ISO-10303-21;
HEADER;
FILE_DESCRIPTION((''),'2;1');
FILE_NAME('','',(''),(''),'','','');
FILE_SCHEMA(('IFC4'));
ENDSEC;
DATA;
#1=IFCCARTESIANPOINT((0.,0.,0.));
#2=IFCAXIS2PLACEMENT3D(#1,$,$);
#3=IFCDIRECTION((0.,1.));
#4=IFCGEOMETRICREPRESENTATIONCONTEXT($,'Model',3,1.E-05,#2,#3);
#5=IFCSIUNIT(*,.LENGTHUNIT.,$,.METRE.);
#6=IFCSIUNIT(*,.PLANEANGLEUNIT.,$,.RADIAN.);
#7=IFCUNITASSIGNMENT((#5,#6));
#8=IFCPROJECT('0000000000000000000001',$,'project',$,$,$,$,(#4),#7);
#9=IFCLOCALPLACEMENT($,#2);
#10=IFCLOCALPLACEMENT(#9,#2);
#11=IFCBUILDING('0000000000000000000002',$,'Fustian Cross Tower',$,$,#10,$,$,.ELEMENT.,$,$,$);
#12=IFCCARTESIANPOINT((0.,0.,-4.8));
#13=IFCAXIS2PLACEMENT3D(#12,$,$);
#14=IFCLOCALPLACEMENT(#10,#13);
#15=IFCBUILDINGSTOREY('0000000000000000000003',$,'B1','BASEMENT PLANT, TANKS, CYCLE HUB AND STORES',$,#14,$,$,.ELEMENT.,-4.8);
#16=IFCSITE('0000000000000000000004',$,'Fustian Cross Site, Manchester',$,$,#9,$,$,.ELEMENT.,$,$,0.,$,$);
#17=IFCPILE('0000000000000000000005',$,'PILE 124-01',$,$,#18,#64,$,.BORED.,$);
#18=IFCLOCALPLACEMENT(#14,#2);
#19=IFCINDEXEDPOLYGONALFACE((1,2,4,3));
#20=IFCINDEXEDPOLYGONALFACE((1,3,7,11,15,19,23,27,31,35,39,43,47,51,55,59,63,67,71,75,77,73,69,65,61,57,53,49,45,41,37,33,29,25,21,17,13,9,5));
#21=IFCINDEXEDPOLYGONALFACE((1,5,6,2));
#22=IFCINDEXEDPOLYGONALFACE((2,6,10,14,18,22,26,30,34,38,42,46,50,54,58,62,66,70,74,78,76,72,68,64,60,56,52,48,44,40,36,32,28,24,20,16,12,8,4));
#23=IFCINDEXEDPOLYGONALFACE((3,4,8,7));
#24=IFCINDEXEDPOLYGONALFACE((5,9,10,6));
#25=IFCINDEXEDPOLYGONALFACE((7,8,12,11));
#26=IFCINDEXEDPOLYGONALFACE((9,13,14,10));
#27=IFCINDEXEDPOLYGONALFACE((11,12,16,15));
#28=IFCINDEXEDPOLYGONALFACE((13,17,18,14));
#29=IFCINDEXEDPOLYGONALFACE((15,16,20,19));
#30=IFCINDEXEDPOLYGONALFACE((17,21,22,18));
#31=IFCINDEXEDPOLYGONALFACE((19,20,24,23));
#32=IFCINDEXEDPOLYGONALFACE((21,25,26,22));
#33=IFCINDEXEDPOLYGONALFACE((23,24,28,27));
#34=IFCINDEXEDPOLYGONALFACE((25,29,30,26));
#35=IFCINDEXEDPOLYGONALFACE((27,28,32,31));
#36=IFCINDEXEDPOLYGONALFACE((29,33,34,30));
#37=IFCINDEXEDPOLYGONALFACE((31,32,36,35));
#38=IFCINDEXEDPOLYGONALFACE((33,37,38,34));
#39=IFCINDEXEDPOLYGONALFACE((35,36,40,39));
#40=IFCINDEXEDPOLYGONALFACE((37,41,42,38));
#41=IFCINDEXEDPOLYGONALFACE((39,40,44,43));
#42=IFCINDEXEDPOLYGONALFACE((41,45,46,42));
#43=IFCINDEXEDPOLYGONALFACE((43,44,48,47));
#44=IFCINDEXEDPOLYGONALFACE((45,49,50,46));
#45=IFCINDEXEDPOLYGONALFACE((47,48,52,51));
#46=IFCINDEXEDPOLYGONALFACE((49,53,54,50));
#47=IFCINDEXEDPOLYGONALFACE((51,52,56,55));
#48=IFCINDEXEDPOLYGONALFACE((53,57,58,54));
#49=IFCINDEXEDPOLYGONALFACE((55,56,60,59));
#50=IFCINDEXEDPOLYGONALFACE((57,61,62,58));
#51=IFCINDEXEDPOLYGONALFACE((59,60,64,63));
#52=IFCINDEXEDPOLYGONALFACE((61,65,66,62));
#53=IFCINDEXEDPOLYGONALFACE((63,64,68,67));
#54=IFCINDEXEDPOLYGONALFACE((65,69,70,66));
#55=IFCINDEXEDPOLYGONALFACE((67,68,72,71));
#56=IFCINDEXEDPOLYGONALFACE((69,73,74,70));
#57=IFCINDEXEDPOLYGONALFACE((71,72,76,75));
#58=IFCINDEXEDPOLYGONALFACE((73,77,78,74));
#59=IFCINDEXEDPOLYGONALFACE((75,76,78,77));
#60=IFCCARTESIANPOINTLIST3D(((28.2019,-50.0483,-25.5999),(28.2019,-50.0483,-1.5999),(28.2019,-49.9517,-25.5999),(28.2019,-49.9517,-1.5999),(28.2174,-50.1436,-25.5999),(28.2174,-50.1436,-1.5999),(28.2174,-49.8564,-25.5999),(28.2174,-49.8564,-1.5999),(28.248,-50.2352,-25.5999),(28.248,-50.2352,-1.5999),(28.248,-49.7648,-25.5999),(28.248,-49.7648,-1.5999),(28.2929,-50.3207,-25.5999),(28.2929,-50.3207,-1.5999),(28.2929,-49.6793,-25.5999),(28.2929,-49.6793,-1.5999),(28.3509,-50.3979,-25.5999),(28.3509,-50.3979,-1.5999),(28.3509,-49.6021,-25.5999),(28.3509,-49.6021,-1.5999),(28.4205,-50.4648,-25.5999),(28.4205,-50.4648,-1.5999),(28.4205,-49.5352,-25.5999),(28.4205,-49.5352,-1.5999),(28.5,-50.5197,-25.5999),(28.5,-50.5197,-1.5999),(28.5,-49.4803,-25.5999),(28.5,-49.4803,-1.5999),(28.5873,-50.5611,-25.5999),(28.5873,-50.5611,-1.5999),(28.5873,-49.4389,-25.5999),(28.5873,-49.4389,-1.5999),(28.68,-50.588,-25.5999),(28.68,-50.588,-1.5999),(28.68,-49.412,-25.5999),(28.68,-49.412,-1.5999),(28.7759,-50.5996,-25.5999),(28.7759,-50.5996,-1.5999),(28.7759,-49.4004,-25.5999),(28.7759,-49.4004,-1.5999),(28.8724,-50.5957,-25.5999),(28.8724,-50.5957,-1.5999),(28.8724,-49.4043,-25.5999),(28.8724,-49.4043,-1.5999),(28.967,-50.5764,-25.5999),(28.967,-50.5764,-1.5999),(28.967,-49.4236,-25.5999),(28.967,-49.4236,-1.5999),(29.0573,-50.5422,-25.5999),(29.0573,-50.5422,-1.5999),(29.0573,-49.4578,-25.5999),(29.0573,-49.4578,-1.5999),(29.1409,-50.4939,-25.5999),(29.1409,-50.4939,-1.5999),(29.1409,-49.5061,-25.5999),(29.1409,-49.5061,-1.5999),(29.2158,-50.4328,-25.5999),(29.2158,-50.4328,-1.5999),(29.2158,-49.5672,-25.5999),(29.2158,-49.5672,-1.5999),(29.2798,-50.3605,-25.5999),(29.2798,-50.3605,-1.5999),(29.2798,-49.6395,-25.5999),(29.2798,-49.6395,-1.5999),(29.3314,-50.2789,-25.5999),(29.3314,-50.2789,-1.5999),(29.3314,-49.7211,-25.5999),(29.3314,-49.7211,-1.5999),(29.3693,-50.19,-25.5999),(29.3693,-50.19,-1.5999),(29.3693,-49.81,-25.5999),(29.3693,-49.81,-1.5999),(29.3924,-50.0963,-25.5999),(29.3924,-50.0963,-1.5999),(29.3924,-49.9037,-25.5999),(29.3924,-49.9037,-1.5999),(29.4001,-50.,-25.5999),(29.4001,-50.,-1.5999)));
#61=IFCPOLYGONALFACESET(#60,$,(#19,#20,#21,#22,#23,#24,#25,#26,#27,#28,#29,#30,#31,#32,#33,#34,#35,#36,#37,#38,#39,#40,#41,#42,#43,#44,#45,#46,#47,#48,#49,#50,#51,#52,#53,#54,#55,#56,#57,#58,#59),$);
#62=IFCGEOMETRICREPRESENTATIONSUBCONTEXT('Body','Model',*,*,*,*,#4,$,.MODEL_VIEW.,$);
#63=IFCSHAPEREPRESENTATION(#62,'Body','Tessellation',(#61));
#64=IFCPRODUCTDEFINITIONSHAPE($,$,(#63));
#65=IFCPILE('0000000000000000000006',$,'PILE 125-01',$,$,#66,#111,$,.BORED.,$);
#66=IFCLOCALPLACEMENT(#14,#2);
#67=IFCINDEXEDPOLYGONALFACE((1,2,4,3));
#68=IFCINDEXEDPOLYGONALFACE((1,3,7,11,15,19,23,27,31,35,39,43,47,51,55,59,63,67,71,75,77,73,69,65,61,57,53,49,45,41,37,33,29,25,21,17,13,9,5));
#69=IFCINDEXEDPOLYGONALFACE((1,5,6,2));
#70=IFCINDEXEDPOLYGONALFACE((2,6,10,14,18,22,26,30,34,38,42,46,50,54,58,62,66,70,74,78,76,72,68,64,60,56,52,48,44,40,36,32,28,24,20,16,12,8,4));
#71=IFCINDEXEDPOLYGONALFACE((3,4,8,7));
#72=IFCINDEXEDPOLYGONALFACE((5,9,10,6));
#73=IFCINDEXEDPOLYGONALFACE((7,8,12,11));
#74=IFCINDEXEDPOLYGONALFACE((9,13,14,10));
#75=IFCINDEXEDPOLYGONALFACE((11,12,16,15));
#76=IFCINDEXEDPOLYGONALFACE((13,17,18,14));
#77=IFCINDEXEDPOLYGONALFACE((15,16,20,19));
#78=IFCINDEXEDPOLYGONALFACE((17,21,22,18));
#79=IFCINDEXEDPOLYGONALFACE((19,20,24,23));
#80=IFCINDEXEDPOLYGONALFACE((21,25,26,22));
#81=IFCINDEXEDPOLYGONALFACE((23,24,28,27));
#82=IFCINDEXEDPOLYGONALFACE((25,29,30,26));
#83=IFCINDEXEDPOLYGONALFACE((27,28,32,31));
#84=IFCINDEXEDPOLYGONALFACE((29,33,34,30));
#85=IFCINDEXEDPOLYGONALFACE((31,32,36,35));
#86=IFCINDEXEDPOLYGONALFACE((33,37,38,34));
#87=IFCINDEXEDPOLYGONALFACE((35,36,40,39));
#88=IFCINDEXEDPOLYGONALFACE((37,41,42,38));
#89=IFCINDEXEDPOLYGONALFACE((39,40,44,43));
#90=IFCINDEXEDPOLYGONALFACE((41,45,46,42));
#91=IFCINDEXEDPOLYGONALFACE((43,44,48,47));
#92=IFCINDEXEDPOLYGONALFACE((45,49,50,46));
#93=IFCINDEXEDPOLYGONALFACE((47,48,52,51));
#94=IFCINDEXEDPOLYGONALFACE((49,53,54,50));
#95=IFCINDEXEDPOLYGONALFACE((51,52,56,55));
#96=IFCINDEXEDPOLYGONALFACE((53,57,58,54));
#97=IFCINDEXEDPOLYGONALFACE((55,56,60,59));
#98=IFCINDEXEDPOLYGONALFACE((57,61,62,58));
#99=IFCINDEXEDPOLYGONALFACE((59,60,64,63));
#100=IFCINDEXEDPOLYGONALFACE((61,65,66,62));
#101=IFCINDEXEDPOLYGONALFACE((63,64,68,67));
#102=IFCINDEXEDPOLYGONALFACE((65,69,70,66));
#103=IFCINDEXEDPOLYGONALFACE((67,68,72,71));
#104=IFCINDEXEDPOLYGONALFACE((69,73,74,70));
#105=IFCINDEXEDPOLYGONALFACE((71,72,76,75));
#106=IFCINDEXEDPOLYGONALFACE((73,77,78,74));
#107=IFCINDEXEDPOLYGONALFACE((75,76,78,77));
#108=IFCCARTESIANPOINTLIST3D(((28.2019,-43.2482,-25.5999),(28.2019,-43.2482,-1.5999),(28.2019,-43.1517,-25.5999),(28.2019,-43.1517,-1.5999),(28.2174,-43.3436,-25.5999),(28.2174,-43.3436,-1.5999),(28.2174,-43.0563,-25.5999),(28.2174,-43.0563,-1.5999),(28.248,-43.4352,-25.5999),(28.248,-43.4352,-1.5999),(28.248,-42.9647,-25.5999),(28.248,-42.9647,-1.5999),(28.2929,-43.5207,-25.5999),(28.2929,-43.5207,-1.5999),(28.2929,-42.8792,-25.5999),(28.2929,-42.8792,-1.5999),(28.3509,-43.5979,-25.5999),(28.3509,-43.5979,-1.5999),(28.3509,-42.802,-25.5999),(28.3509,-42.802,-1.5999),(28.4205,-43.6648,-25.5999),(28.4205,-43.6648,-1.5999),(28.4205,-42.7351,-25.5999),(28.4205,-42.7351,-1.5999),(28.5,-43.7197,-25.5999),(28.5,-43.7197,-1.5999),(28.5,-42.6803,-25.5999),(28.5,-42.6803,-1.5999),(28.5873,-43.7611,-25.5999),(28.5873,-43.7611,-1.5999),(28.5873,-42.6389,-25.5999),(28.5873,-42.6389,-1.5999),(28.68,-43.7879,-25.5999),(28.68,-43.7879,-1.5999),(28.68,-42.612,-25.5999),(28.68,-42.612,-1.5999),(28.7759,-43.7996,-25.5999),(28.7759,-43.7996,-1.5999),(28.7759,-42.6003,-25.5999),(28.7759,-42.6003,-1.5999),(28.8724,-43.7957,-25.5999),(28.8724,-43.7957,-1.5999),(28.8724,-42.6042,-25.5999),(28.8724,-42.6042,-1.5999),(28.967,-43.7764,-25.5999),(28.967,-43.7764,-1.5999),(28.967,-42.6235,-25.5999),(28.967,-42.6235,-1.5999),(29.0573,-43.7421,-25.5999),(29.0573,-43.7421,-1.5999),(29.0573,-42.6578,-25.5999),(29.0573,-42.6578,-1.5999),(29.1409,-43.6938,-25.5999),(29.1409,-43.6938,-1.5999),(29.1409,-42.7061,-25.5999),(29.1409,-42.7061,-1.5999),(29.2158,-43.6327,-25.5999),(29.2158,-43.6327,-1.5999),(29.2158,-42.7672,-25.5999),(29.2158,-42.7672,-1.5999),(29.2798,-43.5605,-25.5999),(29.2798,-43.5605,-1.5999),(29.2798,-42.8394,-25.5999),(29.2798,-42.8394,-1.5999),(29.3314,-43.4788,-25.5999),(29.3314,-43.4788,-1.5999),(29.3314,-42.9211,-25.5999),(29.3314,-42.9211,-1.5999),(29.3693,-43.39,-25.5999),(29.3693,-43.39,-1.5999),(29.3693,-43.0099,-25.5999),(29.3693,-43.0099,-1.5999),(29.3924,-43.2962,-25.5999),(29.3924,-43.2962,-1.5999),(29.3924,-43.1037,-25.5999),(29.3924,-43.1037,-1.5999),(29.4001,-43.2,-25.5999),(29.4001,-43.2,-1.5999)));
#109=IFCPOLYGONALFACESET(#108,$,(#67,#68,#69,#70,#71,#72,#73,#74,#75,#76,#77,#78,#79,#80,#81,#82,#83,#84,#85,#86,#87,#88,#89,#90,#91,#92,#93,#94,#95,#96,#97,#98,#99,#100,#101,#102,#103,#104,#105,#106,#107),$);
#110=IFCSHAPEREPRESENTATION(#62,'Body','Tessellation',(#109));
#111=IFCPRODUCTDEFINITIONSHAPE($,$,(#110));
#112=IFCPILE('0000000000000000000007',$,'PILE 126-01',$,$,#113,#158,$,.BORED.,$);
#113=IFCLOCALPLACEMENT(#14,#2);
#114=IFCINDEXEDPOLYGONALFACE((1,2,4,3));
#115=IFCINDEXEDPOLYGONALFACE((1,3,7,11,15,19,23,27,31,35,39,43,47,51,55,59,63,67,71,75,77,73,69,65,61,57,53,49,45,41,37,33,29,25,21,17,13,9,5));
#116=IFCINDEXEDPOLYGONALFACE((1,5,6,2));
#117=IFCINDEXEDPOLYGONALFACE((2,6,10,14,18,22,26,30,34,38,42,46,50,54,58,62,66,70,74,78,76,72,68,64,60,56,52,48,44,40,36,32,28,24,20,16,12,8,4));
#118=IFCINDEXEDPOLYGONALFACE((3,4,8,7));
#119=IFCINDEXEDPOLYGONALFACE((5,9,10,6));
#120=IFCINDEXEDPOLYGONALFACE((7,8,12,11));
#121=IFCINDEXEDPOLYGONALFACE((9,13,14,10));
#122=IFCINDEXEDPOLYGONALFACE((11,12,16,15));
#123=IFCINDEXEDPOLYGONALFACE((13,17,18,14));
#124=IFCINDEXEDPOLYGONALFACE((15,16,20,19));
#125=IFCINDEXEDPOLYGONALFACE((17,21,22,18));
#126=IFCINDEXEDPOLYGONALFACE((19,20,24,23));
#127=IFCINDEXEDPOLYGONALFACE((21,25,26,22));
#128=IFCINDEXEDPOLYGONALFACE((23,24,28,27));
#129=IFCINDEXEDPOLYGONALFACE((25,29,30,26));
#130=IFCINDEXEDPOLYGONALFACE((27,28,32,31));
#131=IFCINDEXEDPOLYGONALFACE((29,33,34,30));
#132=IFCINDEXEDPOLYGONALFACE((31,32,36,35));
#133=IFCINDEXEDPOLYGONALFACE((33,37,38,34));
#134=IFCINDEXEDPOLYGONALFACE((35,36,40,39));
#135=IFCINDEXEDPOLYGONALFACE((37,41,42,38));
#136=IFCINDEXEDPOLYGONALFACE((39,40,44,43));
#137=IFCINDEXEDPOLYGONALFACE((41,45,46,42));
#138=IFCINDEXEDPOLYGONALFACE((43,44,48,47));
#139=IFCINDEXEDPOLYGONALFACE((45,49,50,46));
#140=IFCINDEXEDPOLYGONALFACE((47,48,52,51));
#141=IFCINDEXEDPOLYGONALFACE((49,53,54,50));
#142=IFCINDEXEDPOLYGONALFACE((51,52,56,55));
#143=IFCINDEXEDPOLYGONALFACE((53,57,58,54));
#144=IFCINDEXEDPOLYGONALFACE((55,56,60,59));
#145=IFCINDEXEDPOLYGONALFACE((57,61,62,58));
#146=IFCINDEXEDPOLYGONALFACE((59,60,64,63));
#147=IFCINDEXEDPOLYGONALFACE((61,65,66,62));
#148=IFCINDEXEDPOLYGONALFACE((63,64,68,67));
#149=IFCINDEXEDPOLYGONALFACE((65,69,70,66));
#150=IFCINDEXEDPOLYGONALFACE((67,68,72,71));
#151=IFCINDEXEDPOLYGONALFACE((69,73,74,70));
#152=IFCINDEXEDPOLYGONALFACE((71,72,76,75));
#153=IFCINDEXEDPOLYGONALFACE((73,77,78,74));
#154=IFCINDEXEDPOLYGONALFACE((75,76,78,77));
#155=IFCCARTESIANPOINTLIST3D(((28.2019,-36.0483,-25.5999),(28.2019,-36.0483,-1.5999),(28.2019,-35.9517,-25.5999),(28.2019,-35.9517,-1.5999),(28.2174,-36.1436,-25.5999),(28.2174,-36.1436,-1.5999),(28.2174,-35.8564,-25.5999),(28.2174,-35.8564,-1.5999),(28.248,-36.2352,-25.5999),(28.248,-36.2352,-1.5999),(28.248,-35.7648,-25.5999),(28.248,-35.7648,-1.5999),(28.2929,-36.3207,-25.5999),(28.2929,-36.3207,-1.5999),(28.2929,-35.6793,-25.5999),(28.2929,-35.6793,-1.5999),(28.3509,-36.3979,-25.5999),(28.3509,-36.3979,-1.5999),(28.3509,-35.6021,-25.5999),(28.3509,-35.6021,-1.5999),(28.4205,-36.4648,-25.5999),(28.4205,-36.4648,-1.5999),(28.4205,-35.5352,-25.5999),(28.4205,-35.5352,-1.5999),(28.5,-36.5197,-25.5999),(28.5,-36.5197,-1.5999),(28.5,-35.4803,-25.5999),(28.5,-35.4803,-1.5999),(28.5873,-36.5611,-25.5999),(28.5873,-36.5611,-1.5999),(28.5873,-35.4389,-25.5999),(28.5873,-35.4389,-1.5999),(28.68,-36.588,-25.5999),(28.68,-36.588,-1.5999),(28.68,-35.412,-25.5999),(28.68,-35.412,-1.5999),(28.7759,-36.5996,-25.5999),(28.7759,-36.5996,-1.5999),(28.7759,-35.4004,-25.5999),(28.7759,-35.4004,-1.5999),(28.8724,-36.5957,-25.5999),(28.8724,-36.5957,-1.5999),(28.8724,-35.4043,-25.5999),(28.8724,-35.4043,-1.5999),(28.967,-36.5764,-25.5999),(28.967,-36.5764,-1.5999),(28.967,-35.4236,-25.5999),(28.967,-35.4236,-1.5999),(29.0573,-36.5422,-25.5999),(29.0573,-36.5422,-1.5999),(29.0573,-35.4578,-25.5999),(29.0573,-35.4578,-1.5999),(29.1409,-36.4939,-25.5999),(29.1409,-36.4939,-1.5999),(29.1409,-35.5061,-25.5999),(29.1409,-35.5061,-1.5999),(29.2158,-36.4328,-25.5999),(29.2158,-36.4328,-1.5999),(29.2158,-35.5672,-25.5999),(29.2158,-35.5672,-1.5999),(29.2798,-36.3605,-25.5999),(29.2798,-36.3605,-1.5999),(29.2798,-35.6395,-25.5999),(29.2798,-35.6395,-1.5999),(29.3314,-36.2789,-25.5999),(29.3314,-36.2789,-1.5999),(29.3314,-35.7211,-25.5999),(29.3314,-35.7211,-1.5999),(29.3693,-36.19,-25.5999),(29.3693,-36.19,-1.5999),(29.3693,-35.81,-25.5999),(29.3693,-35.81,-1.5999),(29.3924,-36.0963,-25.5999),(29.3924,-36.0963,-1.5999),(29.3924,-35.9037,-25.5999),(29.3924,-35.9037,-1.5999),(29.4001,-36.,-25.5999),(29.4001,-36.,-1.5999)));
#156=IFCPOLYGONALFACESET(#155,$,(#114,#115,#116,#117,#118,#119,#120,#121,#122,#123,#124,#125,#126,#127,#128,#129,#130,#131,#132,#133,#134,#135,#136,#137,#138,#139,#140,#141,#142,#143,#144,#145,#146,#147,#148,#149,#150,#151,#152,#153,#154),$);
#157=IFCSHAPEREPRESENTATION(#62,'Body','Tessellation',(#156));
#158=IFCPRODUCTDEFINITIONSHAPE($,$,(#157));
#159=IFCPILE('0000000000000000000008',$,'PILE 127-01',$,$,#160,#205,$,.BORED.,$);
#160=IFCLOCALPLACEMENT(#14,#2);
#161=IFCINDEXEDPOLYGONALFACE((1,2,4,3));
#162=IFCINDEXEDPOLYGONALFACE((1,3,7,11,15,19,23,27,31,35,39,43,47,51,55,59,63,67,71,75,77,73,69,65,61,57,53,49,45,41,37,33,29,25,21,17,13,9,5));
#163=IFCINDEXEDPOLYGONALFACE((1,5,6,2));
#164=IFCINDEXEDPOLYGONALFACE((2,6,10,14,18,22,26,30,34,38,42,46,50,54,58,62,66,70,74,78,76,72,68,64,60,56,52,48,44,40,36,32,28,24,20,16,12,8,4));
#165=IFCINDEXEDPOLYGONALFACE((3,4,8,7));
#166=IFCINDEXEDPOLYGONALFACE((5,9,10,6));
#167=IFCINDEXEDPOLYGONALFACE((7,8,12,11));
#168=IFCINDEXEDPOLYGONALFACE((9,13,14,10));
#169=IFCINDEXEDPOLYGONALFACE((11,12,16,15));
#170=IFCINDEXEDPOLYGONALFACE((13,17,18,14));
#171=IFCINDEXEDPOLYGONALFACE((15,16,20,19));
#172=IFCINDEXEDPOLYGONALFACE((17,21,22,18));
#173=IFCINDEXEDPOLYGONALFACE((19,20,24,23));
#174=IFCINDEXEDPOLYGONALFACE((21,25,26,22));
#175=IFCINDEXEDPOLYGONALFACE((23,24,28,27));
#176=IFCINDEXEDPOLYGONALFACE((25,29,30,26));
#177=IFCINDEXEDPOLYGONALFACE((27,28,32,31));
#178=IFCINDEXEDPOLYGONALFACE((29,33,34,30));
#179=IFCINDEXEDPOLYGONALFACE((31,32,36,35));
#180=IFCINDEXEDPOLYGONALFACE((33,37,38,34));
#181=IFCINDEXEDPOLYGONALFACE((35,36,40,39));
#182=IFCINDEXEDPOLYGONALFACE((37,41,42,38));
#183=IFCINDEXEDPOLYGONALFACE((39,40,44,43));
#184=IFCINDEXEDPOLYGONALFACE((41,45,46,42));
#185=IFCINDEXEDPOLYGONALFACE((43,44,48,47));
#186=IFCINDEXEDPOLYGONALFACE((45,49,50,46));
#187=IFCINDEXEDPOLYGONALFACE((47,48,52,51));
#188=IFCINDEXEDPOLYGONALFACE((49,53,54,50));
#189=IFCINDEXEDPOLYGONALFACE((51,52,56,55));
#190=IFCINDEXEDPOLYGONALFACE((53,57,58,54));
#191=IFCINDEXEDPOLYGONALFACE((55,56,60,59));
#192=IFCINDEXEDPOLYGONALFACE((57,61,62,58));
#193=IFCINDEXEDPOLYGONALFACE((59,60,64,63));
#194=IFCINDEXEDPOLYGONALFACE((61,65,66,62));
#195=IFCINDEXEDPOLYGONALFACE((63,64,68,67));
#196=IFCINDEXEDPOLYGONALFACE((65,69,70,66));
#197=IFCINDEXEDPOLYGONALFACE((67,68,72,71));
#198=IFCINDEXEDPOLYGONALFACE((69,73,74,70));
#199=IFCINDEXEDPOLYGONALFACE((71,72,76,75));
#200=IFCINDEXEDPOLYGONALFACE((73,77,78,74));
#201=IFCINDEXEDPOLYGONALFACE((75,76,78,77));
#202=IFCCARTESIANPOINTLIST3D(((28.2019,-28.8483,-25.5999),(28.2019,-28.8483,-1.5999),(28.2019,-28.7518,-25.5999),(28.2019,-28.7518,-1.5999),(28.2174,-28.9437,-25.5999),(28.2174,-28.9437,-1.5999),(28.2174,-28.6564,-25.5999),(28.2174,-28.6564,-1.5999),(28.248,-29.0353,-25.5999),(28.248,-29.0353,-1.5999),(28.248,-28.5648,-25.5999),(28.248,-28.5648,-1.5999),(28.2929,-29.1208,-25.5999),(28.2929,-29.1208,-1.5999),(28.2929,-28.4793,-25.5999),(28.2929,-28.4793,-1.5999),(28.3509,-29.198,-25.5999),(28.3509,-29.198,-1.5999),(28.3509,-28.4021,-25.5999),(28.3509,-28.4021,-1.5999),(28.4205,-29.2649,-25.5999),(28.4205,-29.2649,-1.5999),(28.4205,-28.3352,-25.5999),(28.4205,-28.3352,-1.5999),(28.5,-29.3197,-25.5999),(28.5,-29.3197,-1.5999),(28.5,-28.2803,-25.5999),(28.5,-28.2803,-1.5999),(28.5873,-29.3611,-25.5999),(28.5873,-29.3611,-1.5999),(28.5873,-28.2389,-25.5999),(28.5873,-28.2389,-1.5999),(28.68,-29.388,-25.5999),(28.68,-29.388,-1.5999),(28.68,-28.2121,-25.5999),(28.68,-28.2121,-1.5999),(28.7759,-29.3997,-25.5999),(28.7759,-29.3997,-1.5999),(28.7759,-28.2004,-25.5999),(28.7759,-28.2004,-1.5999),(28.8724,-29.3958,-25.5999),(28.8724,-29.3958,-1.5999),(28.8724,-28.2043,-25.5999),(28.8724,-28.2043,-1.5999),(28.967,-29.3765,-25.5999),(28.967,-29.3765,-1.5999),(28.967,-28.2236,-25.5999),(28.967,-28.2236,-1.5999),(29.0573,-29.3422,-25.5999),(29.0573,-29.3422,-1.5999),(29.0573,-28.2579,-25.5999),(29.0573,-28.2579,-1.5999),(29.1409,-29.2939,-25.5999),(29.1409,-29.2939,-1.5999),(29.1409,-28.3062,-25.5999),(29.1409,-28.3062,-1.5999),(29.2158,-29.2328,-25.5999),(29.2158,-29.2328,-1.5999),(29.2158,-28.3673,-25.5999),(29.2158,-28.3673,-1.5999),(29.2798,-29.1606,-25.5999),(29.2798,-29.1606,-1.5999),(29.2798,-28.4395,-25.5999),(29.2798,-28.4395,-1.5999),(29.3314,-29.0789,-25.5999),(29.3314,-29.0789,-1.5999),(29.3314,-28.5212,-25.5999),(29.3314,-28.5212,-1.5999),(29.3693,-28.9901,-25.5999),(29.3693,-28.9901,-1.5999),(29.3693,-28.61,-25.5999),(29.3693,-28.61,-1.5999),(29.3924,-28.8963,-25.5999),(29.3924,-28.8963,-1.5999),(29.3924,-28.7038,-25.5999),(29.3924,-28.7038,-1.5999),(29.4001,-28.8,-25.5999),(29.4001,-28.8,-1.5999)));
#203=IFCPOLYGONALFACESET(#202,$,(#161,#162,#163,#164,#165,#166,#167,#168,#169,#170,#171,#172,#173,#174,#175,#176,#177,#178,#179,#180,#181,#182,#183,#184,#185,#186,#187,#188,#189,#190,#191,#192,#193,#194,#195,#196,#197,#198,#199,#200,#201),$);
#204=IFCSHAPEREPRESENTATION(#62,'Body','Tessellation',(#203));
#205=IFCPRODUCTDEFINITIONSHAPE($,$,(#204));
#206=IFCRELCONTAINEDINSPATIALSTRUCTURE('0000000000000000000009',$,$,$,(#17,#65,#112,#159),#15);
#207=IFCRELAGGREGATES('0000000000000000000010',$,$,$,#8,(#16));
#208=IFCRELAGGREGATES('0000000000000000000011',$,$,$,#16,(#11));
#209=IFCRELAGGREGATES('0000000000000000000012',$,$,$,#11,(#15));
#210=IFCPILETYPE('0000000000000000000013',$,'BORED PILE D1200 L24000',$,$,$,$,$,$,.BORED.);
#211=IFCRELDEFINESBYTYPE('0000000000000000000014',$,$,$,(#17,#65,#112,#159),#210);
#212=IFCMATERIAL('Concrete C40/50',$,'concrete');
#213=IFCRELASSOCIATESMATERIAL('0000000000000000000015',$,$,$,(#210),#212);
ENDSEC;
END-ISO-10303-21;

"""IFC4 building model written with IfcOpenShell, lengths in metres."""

from ifc_helpers import new_model, si_unit, direction, frame, origin, origin_2d, place, context, subcontext, project, spatial, circle, extrude, material, material_profile, profile_set, type_object, element, save


model = new_model("IFC4")

# Units and contexts
model_context = context("Model", 3, precision=1e-05, world=origin(), true_north=direction((0.0, 1.0)))
body_context = subcontext(model_context, "Body", "Model", "MODEL_VIEW")
ifc_project = project(units=[si_unit("LENGTHUNIT", "METRE"), si_unit("PLANEANGLEUNIT", "RADIAN")], contexts=[model_context])

# Site, building, storey
site_placement = place(None, origin())
site = spatial("IfcSite", under=ifc_project, at=site_placement, Name="Fustian Cross Site, Manchester", CompositionType="ELEMENT", RefElevation=0.0)
building_placement = place(site_placement, origin())
building = spatial("IfcBuilding", under=site, at=building_placement, Name="Fustian Cross Tower", CompositionType="ELEMENT")
storey_placement = place(building_placement, frame((0.0, 0.0, -4.8)))
storey = spatial("IfcBuildingStorey", under=building, at=storey_placement, Name="B1", Description="BASEMENT PLANT, TANKS, CYCLE HUB AND STORES", CompositionType="ELEMENT", Elevation=-4.8)

# Piles
ifc_material_1 = material(Name="Concrete C40/50", Category="concrete")
ifc_material_profile_1 = material_profile(ifc_material_1, circle(Radius=0.6001, at=origin_2d()), Name="BORED PILE D1200 L24000")
ifc_profile_set_1 = profile_set([ifc_material_profile_1], Name="Concrete C40/50")
pile_type = type_object("IfcPileType", Name="BORED PILE D1200 L24000", PredefinedType="BORED", material=ifc_profile_set_1)
for number, where, z_axis, x_axis, name in (
    (1, (28.8, -50.0, -1.5999), (0.0, 0.0, -1.0), (1.0, 0.0, 0.0), "PILE 124-01"),
    (2, (28.8, -43.2, -1.5999), (0.0, 0.0, -1.0), (1.0, 0.0, 0.0), "PILE 125-01"),
    (3, (28.8, -36.0, -1.5999), (0.0, 0.0, -1.0), (1.0, 0.0, 0.0), "PILE 126-01"),
    (4, (28.8, -28.8, -1.5999), (0.0, 0.0, -1.0), (1.0, 0.0, 0.0), "PILE 127-01"),
):
    element("IfcPile", number, at=place(storey_placement, frame(where, z_axis=z_axis, x_axis=x_axis)), inside=storey, type_object=pile_type, Name=name, PredefinedType="BORED", context=body_context, shape_type="SweptSolid", body=[
        extrude(circle(Radius=0.6001, at=origin_2d()), origin(), (0.0, 0.0, 1.0), 24.0),
    ])

save(model, "model.ifc")
